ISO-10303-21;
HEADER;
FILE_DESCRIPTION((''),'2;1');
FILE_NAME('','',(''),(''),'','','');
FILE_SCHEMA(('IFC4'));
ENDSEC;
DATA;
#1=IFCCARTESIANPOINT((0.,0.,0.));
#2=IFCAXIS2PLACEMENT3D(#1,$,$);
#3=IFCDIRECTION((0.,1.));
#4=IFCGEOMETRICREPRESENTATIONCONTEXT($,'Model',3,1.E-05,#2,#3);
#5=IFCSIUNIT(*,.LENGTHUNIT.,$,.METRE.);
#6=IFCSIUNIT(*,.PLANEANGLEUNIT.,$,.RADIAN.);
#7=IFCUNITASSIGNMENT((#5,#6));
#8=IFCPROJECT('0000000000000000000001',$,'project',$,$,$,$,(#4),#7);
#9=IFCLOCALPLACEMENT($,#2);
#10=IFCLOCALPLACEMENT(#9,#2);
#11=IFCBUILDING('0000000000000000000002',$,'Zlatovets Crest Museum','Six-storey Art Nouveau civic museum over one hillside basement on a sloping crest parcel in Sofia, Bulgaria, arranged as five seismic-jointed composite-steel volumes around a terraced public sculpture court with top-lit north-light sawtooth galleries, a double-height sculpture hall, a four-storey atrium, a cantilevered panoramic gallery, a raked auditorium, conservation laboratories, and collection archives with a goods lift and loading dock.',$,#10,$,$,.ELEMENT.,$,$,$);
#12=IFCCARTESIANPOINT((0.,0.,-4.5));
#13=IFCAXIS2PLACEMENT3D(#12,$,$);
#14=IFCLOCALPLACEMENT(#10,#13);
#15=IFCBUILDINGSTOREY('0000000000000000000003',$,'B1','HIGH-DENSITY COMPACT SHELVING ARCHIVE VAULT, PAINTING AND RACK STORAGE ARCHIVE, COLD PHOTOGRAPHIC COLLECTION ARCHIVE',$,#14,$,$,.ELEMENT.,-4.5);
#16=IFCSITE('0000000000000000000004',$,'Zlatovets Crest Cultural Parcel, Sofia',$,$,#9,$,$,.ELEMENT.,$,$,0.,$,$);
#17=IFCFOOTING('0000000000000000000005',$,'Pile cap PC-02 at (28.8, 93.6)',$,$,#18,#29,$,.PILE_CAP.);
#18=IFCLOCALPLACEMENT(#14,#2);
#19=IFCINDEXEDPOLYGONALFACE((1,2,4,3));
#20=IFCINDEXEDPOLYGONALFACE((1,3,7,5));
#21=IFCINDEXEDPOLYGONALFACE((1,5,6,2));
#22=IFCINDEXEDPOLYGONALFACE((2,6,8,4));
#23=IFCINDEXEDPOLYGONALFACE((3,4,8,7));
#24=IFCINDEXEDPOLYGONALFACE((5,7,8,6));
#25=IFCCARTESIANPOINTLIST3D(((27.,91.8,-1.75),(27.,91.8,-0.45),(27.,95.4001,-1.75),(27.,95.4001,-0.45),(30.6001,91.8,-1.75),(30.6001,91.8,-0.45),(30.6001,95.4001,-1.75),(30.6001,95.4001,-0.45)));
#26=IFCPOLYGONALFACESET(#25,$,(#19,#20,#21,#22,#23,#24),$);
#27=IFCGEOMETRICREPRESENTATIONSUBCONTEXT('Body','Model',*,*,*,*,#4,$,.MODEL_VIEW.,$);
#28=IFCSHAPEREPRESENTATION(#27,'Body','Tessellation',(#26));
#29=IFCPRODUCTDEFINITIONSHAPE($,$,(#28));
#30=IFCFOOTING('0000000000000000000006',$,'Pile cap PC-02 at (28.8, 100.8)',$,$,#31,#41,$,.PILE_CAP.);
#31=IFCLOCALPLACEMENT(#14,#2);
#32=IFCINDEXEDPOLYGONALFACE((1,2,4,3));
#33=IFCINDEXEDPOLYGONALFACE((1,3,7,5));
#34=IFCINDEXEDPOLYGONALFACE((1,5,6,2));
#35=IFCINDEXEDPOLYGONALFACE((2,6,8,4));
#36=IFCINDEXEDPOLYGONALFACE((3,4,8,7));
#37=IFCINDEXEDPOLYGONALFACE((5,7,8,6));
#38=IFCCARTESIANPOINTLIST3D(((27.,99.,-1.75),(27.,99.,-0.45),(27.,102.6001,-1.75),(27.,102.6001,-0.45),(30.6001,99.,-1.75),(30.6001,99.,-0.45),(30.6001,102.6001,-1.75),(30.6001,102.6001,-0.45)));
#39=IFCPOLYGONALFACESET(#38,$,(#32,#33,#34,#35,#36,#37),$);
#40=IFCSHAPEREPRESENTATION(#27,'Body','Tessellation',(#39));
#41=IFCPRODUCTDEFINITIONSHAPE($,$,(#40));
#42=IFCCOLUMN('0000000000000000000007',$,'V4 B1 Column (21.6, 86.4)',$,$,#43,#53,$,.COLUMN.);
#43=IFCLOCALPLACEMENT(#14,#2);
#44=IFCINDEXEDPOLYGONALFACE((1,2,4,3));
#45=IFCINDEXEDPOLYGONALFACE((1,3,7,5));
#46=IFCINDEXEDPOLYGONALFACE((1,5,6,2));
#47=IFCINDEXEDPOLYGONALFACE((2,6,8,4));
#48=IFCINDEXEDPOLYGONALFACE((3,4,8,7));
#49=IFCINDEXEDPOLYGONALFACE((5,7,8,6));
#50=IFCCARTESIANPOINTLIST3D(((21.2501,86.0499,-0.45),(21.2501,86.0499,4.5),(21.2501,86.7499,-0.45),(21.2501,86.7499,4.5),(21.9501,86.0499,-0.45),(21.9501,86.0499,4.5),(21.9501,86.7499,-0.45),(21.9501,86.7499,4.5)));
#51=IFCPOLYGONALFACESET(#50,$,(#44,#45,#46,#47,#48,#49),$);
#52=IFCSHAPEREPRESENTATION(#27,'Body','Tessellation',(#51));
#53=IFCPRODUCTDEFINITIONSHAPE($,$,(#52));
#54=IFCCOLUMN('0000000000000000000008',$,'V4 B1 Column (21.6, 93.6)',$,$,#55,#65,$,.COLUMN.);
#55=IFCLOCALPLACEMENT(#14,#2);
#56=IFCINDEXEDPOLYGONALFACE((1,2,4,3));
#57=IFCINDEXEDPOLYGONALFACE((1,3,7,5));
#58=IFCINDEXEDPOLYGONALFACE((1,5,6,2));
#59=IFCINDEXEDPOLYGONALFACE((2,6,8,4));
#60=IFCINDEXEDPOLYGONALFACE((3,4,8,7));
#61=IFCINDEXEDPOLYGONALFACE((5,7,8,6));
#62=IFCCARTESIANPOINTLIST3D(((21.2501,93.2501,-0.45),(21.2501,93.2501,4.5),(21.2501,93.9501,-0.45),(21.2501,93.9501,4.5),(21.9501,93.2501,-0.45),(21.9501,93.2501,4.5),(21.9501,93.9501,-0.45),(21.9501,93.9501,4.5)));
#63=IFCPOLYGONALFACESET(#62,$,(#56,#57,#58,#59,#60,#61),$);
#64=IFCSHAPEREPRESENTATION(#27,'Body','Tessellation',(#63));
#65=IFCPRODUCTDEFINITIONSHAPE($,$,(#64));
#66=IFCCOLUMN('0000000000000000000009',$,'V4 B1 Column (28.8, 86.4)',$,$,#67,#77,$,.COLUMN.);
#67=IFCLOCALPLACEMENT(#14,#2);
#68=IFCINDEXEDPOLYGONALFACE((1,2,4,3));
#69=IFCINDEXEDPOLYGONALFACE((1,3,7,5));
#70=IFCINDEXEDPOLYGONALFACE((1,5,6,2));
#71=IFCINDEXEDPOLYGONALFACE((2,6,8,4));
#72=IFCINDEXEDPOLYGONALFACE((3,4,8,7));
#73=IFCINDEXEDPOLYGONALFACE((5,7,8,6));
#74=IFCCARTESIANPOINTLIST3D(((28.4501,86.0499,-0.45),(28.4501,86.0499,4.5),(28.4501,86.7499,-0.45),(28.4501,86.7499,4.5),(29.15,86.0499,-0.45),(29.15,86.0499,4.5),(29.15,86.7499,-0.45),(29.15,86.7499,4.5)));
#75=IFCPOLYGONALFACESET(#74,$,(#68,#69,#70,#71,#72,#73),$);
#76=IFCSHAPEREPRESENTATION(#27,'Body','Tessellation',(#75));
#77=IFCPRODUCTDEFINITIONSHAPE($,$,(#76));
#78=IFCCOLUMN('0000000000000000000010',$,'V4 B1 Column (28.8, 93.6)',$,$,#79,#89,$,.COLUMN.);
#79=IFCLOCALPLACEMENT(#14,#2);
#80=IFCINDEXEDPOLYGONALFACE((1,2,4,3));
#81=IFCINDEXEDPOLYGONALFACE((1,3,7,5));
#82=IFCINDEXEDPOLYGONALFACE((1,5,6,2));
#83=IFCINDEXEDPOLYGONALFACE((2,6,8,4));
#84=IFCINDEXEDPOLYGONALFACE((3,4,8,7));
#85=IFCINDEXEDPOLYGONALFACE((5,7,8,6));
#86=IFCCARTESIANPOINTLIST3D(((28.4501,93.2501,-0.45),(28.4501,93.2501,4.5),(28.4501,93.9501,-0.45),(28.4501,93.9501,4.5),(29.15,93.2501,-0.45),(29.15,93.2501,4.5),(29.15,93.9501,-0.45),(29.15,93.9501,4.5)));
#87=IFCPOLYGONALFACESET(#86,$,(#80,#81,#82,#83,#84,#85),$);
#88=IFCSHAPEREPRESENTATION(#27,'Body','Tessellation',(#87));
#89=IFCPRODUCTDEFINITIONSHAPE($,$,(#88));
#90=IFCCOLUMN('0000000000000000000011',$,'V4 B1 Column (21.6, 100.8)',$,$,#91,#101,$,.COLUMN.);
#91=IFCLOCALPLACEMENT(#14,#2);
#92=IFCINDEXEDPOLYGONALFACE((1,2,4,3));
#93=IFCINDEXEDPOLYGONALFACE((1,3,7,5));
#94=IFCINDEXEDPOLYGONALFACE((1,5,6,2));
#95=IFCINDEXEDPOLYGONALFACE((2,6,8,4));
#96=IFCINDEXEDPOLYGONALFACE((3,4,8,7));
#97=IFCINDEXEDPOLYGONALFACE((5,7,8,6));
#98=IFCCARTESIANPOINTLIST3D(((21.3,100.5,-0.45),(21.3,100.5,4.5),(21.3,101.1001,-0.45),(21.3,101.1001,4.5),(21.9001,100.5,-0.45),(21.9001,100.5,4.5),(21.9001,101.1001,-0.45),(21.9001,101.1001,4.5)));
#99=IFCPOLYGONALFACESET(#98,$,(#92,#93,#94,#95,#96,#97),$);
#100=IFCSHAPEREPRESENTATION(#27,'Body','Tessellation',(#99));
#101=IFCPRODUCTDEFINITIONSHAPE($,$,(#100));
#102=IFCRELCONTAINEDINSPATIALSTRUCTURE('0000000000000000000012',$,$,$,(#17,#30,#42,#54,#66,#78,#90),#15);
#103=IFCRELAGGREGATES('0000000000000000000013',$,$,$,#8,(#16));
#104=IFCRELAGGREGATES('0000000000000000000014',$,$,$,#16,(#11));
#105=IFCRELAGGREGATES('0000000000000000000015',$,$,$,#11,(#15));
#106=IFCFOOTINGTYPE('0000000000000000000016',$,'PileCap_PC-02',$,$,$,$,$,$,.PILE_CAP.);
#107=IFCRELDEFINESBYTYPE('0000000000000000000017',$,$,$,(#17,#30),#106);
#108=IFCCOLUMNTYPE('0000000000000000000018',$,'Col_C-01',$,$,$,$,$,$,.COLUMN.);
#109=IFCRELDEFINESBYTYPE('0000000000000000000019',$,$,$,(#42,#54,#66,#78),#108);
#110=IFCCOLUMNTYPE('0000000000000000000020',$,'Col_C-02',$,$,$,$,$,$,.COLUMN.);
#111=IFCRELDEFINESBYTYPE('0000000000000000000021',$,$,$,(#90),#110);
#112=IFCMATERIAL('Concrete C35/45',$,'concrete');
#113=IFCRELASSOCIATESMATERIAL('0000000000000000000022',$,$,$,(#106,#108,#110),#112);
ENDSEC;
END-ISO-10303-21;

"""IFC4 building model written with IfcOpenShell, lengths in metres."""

from ifc_helpers import new_model, si_unit, direction, frame, origin, origin_2d, place, context, subcontext, project, spatial, rectangle, extrude, material, material_profile, profile_set, type_object, element, save


model = new_model("IFC4")

# Units and contexts
model_context = context("Model", 3, precision=1e-05, world=origin(), true_north=direction((0.0, 1.0)))
body_context = subcontext(model_context, "Body", "Model", "MODEL_VIEW")
ifc_project = project(units=[si_unit("LENGTHUNIT", "METRE"), si_unit("PLANEANGLEUNIT", "RADIAN")], contexts=[model_context])

# Site, building, storey
site_placement = place(None, origin())
site = spatial("IfcSite", under=ifc_project, at=site_placement, Name="Zlatovets Crest Cultural Parcel, Sofia", CompositionType="ELEMENT", RefElevation=0.0)
building_placement = place(site_placement, origin())
building = spatial("IfcBuilding", under=site, at=building_placement, Name="Zlatovets Crest Museum", Description="Six-storey Art Nouveau civic museum over one hillside basement on a sloping crest parcel in Sofia, Bulgaria, arranged as five seismic-jointed composite-steel volumes around a terraced public sculpture court with top-lit north-light sawtooth galleries, a double-height sculpture hall, a four-storey atrium, a cantilevered panoramic gallery, a raked auditorium, conservation laboratories, and collection archives with a goods lift and loading dock.", CompositionType="ELEMENT")
storey_placement = place(building_placement, frame((0.0, 0.0, -4.5)))
storey = spatial("IfcBuildingStorey", under=building, at=storey_placement, Name="B1", Description="HIGH-DENSITY COMPACT SHELVING ARCHIVE VAULT, PAINTING AND RACK STORAGE ARCHIVE, COLD PHOTOGRAPHIC COLLECTION ARCHIVE", CompositionType="ELEMENT", Elevation=-4.5)

# Shared definitions
ifc_material = material(Name="Concrete C35/45", Category="concrete")

# Footings
footing_type_1 = type_object("IfcFootingType", Name="PileCap_PC-02", PredefinedType="PILE_CAP", material=ifc_material)
for number, where, z_axis, x_axis, name in (
    (1, (28.8, 93.6001, -1.75), (0.0, 0.0, 1.0), (1.0, 0.0, 0.0), "Pile cap PC-02 at (28.8, 93.6)"),
    (2, (28.8, 100.8, -1.75), (0.0, 0.0, 1.0), (1.0, 0.0, 0.0), "Pile cap PC-02 at (28.8, 100.8)"),
):
    element("IfcFooting", number, at=place(storey_placement, frame(where, z_axis=z_axis, x_axis=x_axis)), inside=storey, type_object=footing_type_1, Name=name, PredefinedType="PILE_CAP", context=body_context, shape_type="SweptSolid", body=[
        extrude(rectangle(XDim=3.6001, YDim=3.6001, at=origin_2d()), origin(), (0.0, 0.0, 1.0), 1.3),
    ])

# Columns
ifc_material_profile_1 = material_profile(ifc_material, rectangle(XDim=0.7, YDim=0.7, at=origin_2d()), Name="RC 700x700")
ifc_profile_set_1 = profile_set([ifc_material_profile_1], Name="Concrete C35/45")
column_type_1 = type_object("IfcColumnType", Name="Col_C-01", PredefinedType="COLUMN", material=ifc_profile_set_1)
for number, where, z_axis, x_axis, name in (
    (3, (21.6001, 86.3999, -0.45), (0.0, 0.0, 1.0), (0.0, 1.0, 0.0), "V4 B1 Column (21.6, 86.4)"),
    (4, (21.6001, 93.6001, -0.45), (0.0, 0.0, 1.0), (1.0, 0.0, 0.0), "V4 B1 Column (21.6, 93.6)"),
    (5, (28.8, 86.3999, -0.45), (0.0, 0.0, 1.0), (1.0, 0.0, 0.0), "V4 B1 Column (28.8, 86.4)"),
    (6, (28.8, 93.6001, -0.45), (0.0, 0.0, 1.0), (0.0, 1.0, 0.0), "V4 B1 Column (28.8, 93.6)"),
):
    element("IfcColumn", number, at=place(storey_placement, frame(where, z_axis=z_axis, x_axis=x_axis)), inside=storey, type_object=column_type_1, Name=name, PredefinedType="COLUMN", context=body_context, shape_type="SweptSolid", body=[
        extrude(rectangle(XDim=0.7, YDim=0.7, at=origin_2d()), origin(), (0.0, 0.0, 1.0), 4.95),
    ])
ifc_material_profile_2 = material_profile(ifc_material, rectangle(XDim=0.6001, YDim=0.6001, at=origin_2d()), Name="RC 600x600")
ifc_profile_set_2 = profile_set([ifc_material_profile_2], Name="Concrete C35/45")
column_type_2 = type_object("IfcColumnType", Name="Col_C-02", PredefinedType="COLUMN", material=ifc_profile_set_2)
column_placement = place(storey_placement, frame((21.6001, 100.8, -0.45), z_axis=(0.0, 0.0, 1.0), x_axis=(0.0, 1.0, 0.0)))
element("IfcColumn", 7, at=column_placement, inside=storey, type_object=column_type_2, Name="V4 B1 Column (21.6, 100.8)", PredefinedType="COLUMN", context=body_context, shape_type="SweptSolid", body=[
    extrude(rectangle(XDim=0.6001, YDim=0.6001, at=origin_2d()), origin(), (0.0, 0.0, 1.0), 4.95),
])

save(model, "model.ifc")
